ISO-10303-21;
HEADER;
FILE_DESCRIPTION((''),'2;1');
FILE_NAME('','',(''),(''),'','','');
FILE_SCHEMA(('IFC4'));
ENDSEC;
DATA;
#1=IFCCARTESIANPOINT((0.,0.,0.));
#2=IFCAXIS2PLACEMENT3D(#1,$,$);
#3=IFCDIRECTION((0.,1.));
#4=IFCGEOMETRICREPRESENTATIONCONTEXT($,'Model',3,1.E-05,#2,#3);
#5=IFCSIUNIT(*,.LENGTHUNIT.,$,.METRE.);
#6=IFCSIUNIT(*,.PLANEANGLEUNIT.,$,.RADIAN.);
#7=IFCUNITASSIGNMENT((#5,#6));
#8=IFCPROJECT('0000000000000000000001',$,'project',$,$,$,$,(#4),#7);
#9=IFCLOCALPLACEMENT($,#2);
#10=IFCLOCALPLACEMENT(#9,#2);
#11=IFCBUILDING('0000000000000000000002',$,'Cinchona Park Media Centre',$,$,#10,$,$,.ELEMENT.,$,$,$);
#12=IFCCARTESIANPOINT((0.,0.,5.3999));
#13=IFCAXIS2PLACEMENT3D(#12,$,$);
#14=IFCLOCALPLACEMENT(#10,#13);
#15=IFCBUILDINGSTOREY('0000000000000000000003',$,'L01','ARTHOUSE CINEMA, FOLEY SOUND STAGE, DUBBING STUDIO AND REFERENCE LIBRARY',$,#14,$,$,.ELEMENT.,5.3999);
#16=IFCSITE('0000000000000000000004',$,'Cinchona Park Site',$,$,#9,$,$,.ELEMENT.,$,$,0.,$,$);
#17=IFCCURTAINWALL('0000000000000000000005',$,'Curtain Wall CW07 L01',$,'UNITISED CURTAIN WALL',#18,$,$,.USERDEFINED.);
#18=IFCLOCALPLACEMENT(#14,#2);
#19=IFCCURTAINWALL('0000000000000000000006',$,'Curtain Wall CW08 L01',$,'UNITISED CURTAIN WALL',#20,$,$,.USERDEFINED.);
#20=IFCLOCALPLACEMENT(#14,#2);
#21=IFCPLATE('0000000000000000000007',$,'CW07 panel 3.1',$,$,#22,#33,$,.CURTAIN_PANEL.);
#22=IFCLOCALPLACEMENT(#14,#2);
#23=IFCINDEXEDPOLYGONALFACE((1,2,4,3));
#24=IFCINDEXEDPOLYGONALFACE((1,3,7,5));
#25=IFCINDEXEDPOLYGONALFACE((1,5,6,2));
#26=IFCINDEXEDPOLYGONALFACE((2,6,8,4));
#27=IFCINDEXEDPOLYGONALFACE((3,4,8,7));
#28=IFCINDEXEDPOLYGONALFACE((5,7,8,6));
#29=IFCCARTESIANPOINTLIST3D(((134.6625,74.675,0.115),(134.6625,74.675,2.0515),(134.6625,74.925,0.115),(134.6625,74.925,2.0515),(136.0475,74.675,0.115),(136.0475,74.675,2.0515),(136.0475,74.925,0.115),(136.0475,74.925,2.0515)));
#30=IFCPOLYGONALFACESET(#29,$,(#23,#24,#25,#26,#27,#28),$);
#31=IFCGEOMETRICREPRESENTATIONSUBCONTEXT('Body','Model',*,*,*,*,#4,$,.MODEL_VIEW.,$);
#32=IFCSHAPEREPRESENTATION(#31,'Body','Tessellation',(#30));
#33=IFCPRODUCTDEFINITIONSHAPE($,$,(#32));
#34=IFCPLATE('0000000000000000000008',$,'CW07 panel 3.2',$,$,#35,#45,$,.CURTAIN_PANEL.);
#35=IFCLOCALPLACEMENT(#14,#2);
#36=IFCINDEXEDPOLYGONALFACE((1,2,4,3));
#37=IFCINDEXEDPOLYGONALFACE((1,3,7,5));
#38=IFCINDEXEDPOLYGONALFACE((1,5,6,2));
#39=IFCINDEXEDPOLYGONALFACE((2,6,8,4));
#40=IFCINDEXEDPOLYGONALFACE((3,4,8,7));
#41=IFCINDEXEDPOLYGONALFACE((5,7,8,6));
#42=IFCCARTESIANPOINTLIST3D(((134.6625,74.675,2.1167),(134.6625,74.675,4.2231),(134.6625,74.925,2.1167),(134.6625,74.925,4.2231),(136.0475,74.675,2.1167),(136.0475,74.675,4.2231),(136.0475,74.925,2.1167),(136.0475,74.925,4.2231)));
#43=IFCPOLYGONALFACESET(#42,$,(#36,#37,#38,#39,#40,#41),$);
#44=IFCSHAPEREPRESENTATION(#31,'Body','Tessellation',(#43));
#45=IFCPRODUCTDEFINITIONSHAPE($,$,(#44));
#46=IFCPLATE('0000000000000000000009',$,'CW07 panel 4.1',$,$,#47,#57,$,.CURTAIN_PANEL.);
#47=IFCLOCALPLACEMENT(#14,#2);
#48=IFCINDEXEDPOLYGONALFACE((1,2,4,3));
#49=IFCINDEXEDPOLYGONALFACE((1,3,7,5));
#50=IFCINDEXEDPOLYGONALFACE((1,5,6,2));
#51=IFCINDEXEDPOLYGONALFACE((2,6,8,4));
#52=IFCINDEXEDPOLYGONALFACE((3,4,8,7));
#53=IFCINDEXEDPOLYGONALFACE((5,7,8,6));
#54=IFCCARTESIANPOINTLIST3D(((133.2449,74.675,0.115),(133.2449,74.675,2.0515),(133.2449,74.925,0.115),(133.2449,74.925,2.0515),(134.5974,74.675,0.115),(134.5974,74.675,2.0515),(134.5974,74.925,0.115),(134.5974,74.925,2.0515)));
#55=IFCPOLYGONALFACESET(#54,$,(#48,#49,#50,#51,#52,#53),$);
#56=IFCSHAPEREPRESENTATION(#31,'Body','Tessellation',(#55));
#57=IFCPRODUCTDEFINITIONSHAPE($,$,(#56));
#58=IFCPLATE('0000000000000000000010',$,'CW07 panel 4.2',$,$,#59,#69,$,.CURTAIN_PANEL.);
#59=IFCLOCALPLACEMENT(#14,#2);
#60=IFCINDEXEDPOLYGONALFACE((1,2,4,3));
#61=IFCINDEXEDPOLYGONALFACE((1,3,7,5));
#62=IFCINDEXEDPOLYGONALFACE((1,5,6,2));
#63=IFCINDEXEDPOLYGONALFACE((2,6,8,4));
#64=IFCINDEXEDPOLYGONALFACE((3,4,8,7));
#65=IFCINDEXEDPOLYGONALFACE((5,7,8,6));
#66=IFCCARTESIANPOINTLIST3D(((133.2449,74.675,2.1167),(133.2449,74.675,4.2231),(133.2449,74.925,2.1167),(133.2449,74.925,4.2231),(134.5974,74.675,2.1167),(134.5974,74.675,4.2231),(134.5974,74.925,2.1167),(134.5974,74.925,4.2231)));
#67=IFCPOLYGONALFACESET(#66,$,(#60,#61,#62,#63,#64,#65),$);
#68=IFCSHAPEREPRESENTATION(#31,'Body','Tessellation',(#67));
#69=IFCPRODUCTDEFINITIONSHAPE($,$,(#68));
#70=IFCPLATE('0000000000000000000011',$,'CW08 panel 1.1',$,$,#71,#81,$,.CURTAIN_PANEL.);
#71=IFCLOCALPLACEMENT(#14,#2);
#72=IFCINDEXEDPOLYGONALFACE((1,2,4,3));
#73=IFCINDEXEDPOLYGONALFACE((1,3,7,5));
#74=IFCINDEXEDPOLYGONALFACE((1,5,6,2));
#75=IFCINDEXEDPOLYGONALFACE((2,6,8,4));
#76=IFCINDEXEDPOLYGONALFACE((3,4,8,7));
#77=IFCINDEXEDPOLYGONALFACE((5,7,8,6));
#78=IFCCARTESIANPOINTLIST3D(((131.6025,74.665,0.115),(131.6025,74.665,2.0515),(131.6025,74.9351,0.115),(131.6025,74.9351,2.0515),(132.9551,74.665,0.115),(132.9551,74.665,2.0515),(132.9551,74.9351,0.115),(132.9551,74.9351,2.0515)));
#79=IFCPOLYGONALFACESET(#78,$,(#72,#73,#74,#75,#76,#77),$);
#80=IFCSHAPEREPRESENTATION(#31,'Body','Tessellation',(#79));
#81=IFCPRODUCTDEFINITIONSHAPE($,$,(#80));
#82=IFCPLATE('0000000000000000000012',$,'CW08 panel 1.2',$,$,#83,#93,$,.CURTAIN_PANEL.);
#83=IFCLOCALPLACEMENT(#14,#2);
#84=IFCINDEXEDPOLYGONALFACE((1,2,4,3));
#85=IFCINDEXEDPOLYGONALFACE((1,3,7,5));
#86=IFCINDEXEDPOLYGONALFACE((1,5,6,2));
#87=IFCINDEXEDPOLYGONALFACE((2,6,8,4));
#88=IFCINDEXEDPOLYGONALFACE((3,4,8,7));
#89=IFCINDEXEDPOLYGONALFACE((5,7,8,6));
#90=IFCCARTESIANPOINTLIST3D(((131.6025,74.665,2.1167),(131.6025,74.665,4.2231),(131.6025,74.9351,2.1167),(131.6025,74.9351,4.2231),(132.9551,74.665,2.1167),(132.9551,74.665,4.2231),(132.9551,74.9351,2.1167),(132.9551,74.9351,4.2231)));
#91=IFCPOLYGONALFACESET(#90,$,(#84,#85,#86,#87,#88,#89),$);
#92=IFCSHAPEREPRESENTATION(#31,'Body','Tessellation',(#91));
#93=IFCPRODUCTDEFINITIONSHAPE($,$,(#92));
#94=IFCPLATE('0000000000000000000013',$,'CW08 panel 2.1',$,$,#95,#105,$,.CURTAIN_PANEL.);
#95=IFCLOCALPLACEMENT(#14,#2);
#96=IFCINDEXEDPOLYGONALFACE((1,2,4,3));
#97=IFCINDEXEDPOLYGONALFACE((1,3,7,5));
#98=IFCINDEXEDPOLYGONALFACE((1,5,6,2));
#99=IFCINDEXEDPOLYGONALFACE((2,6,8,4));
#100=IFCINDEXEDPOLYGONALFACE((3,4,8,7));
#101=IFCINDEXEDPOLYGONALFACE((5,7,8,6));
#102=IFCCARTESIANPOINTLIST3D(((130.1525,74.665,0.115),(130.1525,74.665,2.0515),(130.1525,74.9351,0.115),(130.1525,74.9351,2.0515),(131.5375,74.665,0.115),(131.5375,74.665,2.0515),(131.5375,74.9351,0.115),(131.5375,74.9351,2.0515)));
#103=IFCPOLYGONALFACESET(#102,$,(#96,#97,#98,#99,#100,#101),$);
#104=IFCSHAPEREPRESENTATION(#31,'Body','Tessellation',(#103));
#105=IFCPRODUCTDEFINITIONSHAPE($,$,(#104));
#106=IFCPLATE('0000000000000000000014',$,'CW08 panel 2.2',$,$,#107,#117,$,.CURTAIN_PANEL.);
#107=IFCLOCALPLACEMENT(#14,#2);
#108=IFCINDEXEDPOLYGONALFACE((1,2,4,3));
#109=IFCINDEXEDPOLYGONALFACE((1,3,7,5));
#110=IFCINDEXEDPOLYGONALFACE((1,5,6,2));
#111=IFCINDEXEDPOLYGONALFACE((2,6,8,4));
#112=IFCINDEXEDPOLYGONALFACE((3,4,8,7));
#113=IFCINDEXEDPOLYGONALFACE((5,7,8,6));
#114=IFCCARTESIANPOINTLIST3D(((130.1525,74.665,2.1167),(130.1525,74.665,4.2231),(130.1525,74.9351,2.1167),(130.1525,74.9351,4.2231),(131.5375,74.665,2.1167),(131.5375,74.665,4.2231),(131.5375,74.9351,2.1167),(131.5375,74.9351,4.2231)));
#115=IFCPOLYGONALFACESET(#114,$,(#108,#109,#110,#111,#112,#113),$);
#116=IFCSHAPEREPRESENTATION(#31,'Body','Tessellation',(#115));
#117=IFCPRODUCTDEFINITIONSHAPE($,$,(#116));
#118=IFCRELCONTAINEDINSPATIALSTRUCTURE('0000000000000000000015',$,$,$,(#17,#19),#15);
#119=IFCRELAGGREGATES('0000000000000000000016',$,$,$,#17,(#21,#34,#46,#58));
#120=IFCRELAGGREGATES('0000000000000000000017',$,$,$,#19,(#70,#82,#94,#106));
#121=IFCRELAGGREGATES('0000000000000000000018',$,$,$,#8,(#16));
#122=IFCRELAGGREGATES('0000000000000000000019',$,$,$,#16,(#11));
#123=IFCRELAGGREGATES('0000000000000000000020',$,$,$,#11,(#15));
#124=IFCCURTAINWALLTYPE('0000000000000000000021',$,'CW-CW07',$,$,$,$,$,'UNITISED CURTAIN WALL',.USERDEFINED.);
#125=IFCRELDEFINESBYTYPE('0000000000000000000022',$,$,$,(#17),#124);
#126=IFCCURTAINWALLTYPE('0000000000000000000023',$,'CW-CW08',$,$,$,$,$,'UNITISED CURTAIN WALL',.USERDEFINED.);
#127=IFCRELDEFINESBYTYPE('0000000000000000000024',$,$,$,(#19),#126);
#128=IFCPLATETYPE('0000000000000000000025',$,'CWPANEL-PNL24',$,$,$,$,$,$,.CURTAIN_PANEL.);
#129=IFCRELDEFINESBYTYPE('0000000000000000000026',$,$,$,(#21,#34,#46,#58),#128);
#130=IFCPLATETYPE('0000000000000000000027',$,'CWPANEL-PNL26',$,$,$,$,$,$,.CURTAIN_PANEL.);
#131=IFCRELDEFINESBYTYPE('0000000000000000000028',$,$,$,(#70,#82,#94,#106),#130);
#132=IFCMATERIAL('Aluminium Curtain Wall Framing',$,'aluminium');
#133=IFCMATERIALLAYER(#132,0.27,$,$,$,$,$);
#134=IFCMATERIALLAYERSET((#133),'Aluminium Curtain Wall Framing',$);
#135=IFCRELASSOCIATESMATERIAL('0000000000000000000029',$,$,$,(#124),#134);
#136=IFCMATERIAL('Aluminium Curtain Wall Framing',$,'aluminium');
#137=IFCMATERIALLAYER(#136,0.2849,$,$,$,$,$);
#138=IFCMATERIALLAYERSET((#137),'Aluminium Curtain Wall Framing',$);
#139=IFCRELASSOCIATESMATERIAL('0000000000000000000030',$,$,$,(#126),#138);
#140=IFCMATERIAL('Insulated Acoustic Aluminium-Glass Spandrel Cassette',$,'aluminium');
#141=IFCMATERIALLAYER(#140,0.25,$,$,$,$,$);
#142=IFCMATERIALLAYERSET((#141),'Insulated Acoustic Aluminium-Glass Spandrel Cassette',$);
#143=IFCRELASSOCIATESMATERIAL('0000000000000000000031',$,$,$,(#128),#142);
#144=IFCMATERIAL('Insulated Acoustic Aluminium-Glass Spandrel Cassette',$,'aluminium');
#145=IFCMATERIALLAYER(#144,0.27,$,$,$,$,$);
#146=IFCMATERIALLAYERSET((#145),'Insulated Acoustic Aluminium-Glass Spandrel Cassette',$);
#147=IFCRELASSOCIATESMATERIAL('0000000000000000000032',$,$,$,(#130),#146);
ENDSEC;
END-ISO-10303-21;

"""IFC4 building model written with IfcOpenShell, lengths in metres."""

from ifc_helpers import new_model, si_unit, direction, frame, origin, origin_2d, place, context, subcontext, project, spatial, rectangle, extrude, material, layer, layer_set, type_object, element, aggregate, save


model = new_model("IFC4")

# Units and contexts
model_context = context("Model", 3, precision=1e-05, world=origin(), true_north=direction((0.0, 1.0)))
body_context = subcontext(model_context, "Body", "Model", "MODEL_VIEW")
ifc_project = project(units=[si_unit("LENGTHUNIT", "METRE"), si_unit("PLANEANGLEUNIT", "RADIAN")], contexts=[model_context])

# Site, building, storey
site_placement = place(None, origin())
site = spatial("IfcSite", under=ifc_project, at=site_placement, Name="Cinchona Park Site", CompositionType="ELEMENT", RefElevation=0.0)
building_placement = place(site_placement, origin())
building = spatial("IfcBuilding", under=site, at=building_placement, Name="Cinchona Park Media Centre", CompositionType="ELEMENT")
storey_placement = place(building_placement, frame((0.0, 0.0, 5.3999)))
storey = spatial("IfcBuildingStorey", under=building, at=storey_placement, Name="L01", Description="ARTHOUSE CINEMA, FOLEY SOUND STAGE, DUBBING STUDIO AND REFERENCE LIBRARY", CompositionType="ELEMENT", Elevation=5.3999)

# Curtain walls
ifc_material_1 = material(Name="Aluminium Curtain Wall Framing", Category="aluminium")
ifc_layer_1 = layer(ifc_material_1, 0.27)
ifc_layer_set_1 = layer_set([ifc_layer_1], Name="Aluminium Curtain Wall Framing")
curtain_wall_type_1 = type_object("IfcCurtainWallType", Name="CW-CW07", ElementType="UNITISED CURTAIN WALL", PredefinedType="USERDEFINED", material=ifc_layer_set_1)
curtain_wall_1_placement = place(storey_placement, origin())
curtain_wall_1 = element("IfcCurtainWall", 1, at=curtain_wall_1_placement, inside=storey, type_object=curtain_wall_type_1, Name="Curtain Wall CW07 L01", ObjectType="UNITISED CURTAIN WALL", PredefinedType="USERDEFINED")
ifc_material_2 = material(Name="Aluminium Curtain Wall Framing", Category="aluminium")
ifc_layer_2 = layer(ifc_material_2, 0.2849)
ifc_layer_set_2 = layer_set([ifc_layer_2], Name="Aluminium Curtain Wall Framing")
curtain_wall_type_2 = type_object("IfcCurtainWallType", Name="CW-CW08", ElementType="UNITISED CURTAIN WALL", PredefinedType="USERDEFINED", material=ifc_layer_set_2)
curtain_wall_2_placement = place(storey_placement, origin())
curtain_wall_2 = element("IfcCurtainWall", 2, at=curtain_wall_2_placement, inside=storey, type_object=curtain_wall_type_2, Name="Curtain Wall CW08 L01", ObjectType="UNITISED CURTAIN WALL", PredefinedType="USERDEFINED")

# Plates
ifc_material_3 = material(Name="Insulated Acoustic Aluminium-Glass Spandrel Cassette", Category="aluminium")
ifc_layer_3 = layer(ifc_material_3, 0.25)
ifc_layer_set_3 = layer_set([ifc_layer_3], Name="Insulated Acoustic Aluminium-Glass Spandrel Cassette")
plate_type_1 = type_object("IfcPlateType", Name="CWPANEL-PNL24", PredefinedType="CURTAIN_PANEL", material=ifc_layer_set_3)
plate_1_placement = place(storey_placement, frame((135.355, 74.8, 0.115), z_axis=(0.0, 0.0, 1.0), x_axis=(-1.0, 0.0, 0.0)))
plate_1 = element("IfcPlate", 3, at=plate_1_placement, type_object=plate_type_1, Name="CW07 panel 3.1", PredefinedType="CURTAIN_PANEL", context=body_context, shape_type="SweptSolid", body=[
    extrude(rectangle(XDim=1.385, YDim=0.25, at=origin_2d()), origin(), (0.0, 0.0, 1.0), 1.9365),
])
plate_2_placement = place(storey_placement, frame((135.355, 74.8, 2.1167), z_axis=(0.0, 0.0, 1.0), x_axis=(-1.0, 0.0, 0.0)))
plate_2 = element("IfcPlate", 4, at=plate_2_placement, type_object=plate_type_1, Name="CW07 panel 3.2", PredefinedType="CURTAIN_PANEL", context=body_context, shape_type="SweptSolid", body=[
    extrude(rectangle(XDim=1.385, YDim=0.25, at=origin_2d()), origin(), (0.0, 0.0, 1.0), 2.1064),
])
plate_3_placement = place(storey_placement, frame((133.9211, 74.8, 0.115), z_axis=(0.0, 0.0, 1.0), x_axis=(-1.0, 0.0, 0.0)))
plate_3 = element("IfcPlate", 5, at=plate_3_placement, type_object=plate_type_1, Name="CW07 panel 4.1", PredefinedType="CURTAIN_PANEL", context=body_context, shape_type="SweptSolid", body=[
    extrude(rectangle(XDim=1.3525, YDim=0.25, at=origin_2d()), origin(), (0.0, 0.0, 1.0), 1.9365),
])
plate_4_placement = place(storey_placement, frame((133.9211, 74.8, 2.1167), z_axis=(0.0, 0.0, 1.0), x_axis=(-1.0, 0.0, 0.0)))
plate_4 = element("IfcPlate", 6, at=plate_4_placement, type_object=plate_type_1, Name="CW07 panel 4.2", PredefinedType="CURTAIN_PANEL", context=body_context, shape_type="SweptSolid", body=[
    extrude(rectangle(XDim=1.3525, YDim=0.25, at=origin_2d()), origin(), (0.0, 0.0, 1.0), 2.1064),
])
aggregate(curtain_wall_1, [plate_1, plate_2, plate_3, plate_4])
ifc_material_4 = material(Name="Insulated Acoustic Aluminium-Glass Spandrel Cassette", Category="aluminium")
ifc_layer_4 = layer(ifc_material_4, 0.27)
ifc_layer_set_4 = layer_set([ifc_layer_4], Name="Insulated Acoustic Aluminium-Glass Spandrel Cassette")
plate_type_2 = type_object("IfcPlateType", Name="CWPANEL-PNL26", PredefinedType="CURTAIN_PANEL", material=ifc_layer_set_4)
plate_5_placement = place(storey_placement, frame((132.2788, 74.8, 0.115), z_axis=(0.0, 0.0, 1.0), x_axis=(-1.0, 0.0, 0.0)))
plate_5 = element("IfcPlate", 7, at=plate_5_placement, type_object=plate_type_2, Name="CW08 panel 1.1", PredefinedType="CURTAIN_PANEL", context=body_context, shape_type="SweptSolid", body=[
    extrude(rectangle(XDim=1.3525, YDim=0.27, at=origin_2d()), origin(), (0.0, 0.0, 1.0), 1.9365),
])
plate_6_placement = place(storey_placement, frame((132.2788, 74.8, 2.1167), z_axis=(0.0, 0.0, 1.0), x_axis=(-1.0, 0.0, 0.0)))
plate_6 = element("IfcPlate", 8, at=plate_6_placement, type_object=plate_type_2, Name="CW08 panel 1.2", PredefinedType="CURTAIN_PANEL", context=body_context, shape_type="SweptSolid", body=[
    extrude(rectangle(XDim=1.3525, YDim=0.27, at=origin_2d()), origin(), (0.0, 0.0, 1.0), 2.1064),
])
plate_7_placement = place(storey_placement, frame((130.845, 74.8, 0.115), z_axis=(0.0, 0.0, 1.0), x_axis=(-1.0, 0.0, 0.0)))
plate_7 = element("IfcPlate", 9, at=plate_7_placement, type_object=plate_type_2, Name="CW08 panel 2.1", PredefinedType="CURTAIN_PANEL", context=body_context, shape_type="SweptSolid", body=[
    extrude(rectangle(XDim=1.385, YDim=0.27, at=origin_2d()), origin(), (0.0, 0.0, 1.0), 1.9365),
])
plate_8_placement = place(storey_placement, frame((130.845, 74.8, 2.1167), z_axis=(0.0, 0.0, 1.0), x_axis=(-1.0, 0.0, 0.0)))
plate_8 = element("IfcPlate", 10, at=plate_8_placement, type_object=plate_type_2, Name="CW08 panel 2.2", PredefinedType="CURTAIN_PANEL", context=body_context, shape_type="SweptSolid", body=[
    extrude(rectangle(XDim=1.385, YDim=0.27, at=origin_2d()), origin(), (0.0, 0.0, 1.0), 2.1064),
])
aggregate(curtain_wall_2, [plate_5, plate_6, plate_7, plate_8])

save(model, "model.ifc")
